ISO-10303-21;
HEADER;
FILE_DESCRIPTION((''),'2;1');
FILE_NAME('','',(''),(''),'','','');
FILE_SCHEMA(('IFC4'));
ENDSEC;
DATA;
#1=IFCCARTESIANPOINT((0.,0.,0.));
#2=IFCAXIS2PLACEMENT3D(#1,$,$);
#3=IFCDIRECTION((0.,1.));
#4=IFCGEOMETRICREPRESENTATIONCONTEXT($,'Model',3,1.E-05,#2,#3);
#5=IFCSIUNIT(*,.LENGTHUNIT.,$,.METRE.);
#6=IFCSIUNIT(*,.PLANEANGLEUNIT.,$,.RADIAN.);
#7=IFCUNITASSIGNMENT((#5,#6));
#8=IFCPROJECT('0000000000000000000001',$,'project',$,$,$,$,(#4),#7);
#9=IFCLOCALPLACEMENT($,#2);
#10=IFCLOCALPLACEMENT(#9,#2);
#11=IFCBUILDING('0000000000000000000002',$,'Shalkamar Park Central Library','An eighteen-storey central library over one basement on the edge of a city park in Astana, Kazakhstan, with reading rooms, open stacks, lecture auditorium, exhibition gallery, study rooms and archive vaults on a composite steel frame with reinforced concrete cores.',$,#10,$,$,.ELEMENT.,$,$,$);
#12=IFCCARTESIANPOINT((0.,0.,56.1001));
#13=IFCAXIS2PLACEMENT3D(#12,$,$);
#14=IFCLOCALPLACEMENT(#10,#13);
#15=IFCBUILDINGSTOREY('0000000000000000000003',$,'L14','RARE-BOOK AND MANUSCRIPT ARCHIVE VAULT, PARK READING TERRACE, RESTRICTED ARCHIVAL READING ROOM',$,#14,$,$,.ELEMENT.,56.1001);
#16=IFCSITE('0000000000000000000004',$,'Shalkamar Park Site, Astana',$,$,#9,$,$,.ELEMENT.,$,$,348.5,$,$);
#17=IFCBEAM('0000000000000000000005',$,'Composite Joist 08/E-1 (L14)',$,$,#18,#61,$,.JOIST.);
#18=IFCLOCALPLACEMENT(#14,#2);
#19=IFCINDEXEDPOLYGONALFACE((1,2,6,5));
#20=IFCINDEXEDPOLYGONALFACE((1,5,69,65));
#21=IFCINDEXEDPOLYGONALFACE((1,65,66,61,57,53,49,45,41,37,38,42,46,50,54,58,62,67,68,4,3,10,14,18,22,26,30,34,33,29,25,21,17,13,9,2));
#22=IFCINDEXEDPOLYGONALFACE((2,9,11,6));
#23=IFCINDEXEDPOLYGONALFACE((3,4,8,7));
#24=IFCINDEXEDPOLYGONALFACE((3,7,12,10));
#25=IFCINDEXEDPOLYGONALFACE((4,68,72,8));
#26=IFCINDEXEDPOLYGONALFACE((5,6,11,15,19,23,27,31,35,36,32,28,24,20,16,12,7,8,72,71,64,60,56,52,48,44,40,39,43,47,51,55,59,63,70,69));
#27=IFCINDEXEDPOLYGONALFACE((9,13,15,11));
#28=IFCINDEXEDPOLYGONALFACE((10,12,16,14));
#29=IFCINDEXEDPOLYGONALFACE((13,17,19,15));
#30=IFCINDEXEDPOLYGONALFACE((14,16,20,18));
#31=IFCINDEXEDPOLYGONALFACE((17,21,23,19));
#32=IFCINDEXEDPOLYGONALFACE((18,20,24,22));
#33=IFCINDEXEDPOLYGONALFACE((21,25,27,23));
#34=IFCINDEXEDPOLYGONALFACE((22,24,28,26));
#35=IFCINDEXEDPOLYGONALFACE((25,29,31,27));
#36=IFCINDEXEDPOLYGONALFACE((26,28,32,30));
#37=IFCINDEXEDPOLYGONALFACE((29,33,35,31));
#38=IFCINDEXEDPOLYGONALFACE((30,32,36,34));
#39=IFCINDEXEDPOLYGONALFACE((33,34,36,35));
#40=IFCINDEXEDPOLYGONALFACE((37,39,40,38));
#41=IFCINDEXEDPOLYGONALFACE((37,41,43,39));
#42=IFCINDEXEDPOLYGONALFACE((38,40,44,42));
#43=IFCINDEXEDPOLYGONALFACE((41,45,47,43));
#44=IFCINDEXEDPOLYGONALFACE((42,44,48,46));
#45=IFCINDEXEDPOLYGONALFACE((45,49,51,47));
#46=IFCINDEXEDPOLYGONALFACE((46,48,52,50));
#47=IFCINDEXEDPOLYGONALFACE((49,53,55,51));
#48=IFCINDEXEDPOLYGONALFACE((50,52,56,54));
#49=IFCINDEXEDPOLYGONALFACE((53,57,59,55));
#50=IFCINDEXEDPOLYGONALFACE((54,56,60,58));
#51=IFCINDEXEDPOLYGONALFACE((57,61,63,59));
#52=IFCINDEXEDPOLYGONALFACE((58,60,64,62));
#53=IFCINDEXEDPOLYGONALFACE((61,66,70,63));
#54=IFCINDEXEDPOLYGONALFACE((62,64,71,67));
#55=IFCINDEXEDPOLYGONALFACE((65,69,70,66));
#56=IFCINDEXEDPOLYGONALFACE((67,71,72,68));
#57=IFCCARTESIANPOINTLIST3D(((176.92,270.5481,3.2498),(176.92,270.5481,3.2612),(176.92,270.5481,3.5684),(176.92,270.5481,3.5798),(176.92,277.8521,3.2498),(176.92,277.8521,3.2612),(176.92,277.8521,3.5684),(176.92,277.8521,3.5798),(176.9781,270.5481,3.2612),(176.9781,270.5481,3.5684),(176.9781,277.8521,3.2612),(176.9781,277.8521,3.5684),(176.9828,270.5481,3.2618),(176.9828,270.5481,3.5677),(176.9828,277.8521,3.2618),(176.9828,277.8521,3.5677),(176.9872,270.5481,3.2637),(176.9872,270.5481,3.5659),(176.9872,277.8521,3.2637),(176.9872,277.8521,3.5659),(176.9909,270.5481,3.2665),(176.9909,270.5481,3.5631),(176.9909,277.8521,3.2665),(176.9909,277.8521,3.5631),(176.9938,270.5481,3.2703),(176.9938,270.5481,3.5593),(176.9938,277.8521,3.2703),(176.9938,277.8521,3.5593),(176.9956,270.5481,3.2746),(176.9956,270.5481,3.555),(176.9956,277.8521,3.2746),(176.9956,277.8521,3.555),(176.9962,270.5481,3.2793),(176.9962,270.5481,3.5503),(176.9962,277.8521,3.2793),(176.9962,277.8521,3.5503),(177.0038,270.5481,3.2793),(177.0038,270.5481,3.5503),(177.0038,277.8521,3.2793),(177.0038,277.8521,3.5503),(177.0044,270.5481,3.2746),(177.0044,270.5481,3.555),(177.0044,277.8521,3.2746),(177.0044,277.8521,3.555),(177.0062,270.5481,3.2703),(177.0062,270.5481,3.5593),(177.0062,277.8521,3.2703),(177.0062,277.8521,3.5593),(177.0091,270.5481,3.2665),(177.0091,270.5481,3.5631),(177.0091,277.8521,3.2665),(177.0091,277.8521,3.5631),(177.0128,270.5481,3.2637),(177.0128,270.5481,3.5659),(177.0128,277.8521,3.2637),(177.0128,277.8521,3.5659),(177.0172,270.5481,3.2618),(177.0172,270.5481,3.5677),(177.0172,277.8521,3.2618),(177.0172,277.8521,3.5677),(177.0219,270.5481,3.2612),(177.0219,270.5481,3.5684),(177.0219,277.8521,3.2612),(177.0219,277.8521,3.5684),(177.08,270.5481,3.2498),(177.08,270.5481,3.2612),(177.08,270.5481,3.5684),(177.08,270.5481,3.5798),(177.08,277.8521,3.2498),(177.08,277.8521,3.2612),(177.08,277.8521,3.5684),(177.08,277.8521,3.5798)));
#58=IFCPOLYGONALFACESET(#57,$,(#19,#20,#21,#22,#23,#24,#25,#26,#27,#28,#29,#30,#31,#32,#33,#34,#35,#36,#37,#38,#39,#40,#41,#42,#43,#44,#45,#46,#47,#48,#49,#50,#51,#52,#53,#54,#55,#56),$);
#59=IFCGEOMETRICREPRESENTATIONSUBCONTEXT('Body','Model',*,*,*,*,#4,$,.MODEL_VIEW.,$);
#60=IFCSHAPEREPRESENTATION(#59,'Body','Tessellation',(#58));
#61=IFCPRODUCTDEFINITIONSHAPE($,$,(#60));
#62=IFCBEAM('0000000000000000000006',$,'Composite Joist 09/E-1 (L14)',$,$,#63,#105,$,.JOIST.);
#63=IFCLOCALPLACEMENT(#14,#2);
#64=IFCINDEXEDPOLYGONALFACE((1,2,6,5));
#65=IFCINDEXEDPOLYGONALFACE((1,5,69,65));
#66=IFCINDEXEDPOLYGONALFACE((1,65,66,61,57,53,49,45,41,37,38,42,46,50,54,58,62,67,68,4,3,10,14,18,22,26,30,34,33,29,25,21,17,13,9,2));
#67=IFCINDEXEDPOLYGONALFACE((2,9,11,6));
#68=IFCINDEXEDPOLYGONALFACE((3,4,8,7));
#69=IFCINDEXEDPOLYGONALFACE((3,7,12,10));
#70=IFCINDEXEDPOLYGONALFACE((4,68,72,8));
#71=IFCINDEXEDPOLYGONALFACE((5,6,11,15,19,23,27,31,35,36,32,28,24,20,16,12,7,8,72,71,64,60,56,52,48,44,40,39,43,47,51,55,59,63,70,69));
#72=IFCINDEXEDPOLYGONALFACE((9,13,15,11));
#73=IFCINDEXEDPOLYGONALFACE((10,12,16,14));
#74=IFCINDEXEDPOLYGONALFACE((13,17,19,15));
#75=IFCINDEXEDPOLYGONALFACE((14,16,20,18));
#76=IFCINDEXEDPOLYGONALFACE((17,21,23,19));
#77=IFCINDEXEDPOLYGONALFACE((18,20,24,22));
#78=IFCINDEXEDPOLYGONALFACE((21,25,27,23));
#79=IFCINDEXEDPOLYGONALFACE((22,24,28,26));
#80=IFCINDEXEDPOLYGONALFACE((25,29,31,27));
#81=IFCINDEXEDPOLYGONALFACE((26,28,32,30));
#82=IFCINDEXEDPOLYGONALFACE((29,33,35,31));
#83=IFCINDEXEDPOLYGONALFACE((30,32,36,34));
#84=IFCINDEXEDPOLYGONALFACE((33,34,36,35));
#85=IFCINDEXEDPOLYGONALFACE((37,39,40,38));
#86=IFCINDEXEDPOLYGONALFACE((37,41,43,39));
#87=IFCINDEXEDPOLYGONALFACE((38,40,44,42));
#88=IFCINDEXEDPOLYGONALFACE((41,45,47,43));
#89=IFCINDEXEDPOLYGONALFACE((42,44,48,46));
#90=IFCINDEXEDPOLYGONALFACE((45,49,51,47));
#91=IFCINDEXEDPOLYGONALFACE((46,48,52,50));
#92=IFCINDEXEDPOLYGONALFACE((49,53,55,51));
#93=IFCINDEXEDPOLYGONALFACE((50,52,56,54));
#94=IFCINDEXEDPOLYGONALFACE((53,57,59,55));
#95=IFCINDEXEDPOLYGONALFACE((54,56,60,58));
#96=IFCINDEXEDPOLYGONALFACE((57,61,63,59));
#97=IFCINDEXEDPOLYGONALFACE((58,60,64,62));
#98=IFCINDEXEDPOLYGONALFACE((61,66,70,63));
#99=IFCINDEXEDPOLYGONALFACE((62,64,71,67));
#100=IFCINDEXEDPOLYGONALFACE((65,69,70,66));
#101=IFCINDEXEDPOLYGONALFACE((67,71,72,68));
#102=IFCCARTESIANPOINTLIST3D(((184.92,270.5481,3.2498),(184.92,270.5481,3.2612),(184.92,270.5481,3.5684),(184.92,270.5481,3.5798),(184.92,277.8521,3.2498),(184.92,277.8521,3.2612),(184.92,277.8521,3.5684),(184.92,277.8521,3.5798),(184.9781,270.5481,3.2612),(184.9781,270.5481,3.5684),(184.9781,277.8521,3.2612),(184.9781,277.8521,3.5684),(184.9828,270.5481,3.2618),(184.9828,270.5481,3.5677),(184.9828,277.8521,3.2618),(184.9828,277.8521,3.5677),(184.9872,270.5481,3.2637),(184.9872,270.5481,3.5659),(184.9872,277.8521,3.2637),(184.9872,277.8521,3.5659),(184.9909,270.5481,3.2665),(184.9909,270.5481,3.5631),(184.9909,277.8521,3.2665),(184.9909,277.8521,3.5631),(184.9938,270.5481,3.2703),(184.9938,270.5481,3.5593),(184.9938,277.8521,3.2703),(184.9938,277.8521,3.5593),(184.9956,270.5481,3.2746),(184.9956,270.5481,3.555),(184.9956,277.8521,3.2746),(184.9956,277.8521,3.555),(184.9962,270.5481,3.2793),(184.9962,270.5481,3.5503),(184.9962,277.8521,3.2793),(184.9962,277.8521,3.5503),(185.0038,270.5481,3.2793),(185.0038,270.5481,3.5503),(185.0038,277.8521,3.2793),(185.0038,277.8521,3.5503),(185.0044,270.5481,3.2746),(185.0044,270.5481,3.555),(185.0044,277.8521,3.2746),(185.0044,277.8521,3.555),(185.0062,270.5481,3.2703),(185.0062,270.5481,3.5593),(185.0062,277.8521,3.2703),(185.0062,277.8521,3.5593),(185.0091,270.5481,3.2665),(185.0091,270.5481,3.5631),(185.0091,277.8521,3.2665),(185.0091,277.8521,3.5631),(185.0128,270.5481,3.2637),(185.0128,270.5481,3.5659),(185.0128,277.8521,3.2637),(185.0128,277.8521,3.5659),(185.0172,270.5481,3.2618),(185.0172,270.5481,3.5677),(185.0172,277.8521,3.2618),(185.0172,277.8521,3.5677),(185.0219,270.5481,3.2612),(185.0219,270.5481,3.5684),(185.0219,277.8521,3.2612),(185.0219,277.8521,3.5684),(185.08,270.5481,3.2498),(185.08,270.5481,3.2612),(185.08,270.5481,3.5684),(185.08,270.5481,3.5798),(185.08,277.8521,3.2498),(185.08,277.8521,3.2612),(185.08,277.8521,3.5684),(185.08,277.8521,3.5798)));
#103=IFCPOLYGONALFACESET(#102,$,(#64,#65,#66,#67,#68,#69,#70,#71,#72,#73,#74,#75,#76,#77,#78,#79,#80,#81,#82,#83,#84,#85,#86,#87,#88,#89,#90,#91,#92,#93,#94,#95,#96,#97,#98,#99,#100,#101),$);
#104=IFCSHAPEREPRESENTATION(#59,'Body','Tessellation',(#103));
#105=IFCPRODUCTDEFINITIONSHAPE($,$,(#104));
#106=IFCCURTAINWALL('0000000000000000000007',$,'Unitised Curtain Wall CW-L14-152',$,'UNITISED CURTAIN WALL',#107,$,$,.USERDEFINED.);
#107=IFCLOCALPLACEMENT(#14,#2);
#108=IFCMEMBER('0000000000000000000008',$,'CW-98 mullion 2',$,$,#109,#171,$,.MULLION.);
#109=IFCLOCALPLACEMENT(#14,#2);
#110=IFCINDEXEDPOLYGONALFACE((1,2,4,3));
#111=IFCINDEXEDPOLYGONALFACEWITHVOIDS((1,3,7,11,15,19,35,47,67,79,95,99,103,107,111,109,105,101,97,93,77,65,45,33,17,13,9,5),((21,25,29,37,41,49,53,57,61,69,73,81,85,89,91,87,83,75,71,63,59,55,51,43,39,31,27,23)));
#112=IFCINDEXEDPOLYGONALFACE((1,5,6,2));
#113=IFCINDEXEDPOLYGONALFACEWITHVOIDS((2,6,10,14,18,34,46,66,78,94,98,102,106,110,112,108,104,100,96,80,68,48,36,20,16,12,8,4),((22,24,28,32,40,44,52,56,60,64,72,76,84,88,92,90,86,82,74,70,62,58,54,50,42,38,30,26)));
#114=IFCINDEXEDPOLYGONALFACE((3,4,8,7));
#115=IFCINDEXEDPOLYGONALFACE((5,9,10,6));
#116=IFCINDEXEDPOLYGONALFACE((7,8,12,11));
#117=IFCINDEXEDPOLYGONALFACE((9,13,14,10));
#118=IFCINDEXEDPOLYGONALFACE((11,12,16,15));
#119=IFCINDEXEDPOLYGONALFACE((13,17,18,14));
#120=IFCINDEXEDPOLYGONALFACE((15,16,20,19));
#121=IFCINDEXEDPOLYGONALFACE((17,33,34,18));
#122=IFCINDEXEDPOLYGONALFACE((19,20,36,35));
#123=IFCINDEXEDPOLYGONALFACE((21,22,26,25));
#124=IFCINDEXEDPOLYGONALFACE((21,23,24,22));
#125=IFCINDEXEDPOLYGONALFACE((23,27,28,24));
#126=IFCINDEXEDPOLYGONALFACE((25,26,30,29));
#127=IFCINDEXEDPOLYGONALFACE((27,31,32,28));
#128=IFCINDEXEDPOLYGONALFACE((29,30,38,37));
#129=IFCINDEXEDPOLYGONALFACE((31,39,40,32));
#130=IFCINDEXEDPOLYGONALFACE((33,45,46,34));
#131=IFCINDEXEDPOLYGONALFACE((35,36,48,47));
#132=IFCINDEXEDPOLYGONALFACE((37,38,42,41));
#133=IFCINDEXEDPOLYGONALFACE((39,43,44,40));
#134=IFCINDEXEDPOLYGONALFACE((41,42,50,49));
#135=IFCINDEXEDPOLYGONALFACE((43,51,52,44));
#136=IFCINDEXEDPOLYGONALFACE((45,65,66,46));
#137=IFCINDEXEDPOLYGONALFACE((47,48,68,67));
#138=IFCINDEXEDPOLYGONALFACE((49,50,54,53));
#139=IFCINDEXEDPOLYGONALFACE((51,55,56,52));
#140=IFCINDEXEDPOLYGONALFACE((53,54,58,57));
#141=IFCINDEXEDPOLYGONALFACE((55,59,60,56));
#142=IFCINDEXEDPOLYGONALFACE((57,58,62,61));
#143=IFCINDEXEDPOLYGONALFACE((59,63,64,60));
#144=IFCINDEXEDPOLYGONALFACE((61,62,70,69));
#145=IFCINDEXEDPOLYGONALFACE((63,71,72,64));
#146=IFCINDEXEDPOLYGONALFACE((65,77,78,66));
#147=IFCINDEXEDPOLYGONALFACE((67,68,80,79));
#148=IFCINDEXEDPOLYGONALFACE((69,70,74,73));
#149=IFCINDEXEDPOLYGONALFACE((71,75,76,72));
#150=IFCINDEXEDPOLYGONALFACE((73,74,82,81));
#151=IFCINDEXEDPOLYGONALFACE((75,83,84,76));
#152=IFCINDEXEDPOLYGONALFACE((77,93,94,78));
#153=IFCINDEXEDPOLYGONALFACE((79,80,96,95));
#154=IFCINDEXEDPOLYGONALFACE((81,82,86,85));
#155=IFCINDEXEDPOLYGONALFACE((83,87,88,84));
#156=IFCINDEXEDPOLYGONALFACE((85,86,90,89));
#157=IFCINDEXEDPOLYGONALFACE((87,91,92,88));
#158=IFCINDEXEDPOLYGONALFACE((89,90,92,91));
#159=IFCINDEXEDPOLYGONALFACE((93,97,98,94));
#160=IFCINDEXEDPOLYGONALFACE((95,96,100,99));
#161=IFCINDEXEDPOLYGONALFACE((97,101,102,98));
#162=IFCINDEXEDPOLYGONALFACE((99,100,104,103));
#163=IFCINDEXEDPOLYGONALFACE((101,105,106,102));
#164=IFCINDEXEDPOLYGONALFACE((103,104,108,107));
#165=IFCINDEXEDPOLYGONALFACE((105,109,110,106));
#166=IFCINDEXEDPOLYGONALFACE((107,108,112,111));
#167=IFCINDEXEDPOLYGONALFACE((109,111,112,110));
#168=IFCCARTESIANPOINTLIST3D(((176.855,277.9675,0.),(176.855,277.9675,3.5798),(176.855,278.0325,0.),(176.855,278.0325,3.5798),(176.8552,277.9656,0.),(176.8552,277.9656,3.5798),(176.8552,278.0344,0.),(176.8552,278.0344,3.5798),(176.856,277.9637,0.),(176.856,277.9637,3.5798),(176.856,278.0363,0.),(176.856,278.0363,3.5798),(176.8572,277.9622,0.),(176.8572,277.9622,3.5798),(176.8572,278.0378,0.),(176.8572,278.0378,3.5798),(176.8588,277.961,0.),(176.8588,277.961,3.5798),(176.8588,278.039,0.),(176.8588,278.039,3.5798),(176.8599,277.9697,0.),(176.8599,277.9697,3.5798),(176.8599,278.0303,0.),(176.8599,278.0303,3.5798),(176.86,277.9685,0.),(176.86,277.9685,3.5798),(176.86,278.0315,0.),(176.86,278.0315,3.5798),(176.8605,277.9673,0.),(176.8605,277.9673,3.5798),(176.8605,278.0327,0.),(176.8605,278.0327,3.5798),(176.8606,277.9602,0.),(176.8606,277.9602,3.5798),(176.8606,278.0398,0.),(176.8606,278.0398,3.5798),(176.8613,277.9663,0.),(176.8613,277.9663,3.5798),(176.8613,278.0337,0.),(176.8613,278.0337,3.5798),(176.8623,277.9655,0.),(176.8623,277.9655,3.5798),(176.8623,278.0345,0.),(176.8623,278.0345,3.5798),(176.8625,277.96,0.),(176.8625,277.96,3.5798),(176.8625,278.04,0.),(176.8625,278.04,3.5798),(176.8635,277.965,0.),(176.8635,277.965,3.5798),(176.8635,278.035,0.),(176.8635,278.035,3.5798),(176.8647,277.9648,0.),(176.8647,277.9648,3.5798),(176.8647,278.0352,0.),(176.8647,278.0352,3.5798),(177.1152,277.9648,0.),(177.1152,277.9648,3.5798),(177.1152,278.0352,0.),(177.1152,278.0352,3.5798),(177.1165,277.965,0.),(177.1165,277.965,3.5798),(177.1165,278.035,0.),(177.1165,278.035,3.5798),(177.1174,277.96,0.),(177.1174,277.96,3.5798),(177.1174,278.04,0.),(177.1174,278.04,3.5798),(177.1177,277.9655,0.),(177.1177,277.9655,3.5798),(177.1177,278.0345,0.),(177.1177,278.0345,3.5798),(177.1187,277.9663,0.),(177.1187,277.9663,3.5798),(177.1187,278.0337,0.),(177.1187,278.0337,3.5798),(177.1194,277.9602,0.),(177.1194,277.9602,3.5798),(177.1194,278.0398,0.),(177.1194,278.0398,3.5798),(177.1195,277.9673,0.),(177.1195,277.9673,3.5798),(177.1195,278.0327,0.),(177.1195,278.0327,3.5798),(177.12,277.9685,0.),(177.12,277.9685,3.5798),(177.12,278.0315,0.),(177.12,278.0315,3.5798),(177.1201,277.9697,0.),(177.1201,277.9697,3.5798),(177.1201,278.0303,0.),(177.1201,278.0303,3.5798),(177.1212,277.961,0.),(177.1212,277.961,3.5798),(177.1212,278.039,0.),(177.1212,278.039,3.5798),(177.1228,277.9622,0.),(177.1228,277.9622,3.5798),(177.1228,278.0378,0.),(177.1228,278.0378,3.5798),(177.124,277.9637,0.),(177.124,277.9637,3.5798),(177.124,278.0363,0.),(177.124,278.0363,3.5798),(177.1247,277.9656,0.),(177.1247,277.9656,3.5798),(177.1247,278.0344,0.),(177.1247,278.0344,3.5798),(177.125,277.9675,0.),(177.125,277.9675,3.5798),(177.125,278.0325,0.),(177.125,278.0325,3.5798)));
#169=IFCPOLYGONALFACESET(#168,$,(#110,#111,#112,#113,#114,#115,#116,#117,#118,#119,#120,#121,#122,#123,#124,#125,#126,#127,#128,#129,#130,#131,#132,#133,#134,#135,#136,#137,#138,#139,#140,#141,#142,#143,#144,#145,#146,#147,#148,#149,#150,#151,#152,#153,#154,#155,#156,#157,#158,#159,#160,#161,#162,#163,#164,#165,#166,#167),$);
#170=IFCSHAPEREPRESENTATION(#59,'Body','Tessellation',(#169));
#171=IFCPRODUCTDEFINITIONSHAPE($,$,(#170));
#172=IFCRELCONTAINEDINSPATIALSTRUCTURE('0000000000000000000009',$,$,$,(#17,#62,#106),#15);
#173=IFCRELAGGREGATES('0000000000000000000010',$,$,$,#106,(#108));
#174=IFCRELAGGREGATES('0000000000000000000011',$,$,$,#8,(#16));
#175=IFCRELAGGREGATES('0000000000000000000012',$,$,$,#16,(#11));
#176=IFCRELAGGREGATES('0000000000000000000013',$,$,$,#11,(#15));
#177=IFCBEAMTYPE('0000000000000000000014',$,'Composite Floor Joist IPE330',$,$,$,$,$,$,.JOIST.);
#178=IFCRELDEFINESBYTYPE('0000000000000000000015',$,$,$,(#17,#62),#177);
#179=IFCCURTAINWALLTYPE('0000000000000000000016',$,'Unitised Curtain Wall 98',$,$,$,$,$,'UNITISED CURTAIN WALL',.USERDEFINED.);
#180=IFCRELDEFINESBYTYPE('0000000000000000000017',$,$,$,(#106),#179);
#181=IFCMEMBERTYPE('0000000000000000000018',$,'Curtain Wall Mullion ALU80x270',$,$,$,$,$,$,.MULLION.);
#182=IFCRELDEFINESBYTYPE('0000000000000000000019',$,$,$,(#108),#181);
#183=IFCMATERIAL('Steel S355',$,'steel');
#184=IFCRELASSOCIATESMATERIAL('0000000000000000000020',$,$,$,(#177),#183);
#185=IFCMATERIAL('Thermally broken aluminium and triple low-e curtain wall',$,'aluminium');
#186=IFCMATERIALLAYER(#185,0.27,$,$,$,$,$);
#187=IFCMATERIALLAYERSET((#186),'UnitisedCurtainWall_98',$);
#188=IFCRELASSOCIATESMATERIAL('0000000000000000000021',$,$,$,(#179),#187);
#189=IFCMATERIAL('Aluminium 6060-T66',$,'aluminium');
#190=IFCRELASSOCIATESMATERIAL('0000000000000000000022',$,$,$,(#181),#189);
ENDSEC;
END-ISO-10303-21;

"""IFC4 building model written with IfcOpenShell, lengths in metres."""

from ifc_helpers import new_model, si_unit, direction, frame, origin, origin_2d, place, context, subcontext, project, spatial, hollow_rectangle, i_section, extrude, material, layer, layer_set, material_profile, profile_set, type_object, element, aggregate, save


model = new_model("IFC4")

# Units and contexts
model_context = context("Model", 3, precision=1e-05, world=origin(), true_north=direction((0.0, 1.0)))
body_context = subcontext(model_context, "Body", "Model", "MODEL_VIEW")
ifc_project = project(units=[si_unit("LENGTHUNIT", "METRE"), si_unit("PLANEANGLEUNIT", "RADIAN")], contexts=[model_context])

# Site, building, storey
site_placement = place(None, origin())
site = spatial("IfcSite", under=ifc_project, at=site_placement, Name="Shalkamar Park Site, Astana", CompositionType="ELEMENT", RefElevation=348.5)
building_placement = place(site_placement, origin())
building = spatial("IfcBuilding", under=site, at=building_placement, Name="Shalkamar Park Central Library", Description="An eighteen-storey central library over one basement on the edge of a city park in Astana, Kazakhstan, with reading rooms, open stacks, lecture auditorium, exhibition gallery, study rooms and archive vaults on a composite steel frame with reinforced concrete cores.", CompositionType="ELEMENT")
storey_placement = place(building_placement, frame((0.0, 0.0, 56.1001)))
storey = spatial("IfcBuildingStorey", under=building, at=storey_placement, Name="L14", Description="RARE-BOOK AND MANUSCRIPT ARCHIVE VAULT, PARK READING TERRACE, RESTRICTED ARCHIVAL READING ROOM", CompositionType="ELEMENT", Elevation=56.1001)

# Shared definitions
ifc_material_1 = material(Name="Steel S355", Category="steel")

# Beams
ifc_material_profile_1 = material_profile(ifc_material_1, i_section(OverallWidth=0.1599, OverallDepth=0.3301, WebThickness=0.0076, FlangeThickness=0.0115, FilletRadius=0.0181, at=origin_2d()), Name="IPE 330")
ifc_profile_set_1 = profile_set([ifc_material_profile_1], Name="Steel S355")
beam_type_1 = type_object("IfcBeamType", Name="Composite Floor Joist IPE330", PredefinedType="JOIST", material=ifc_profile_set_1)
for number, where, z_axis, x_axis, name in (
    (1, (177.0, 270.5481, 3.4148), (0.0, 1.0, 0.0), (-1.0, 0.0, 0.0), "Composite Joist 08/E-1 (L14)"),
    (2, (185.0, 270.5481, 3.4148), (0.0, 1.0, 0.0), (-1.0, 0.0, 0.0), "Composite Joist 09/E-1 (L14)"),
):
    element("IfcBeam", number, at=place(storey_placement, frame(where, z_axis=z_axis, x_axis=x_axis)), inside=storey, type_object=beam_type_1, Name=name, PredefinedType="JOIST", context=body_context, shape_type="SweptSolid", body=[
        extrude(i_section(OverallWidth=0.1599, OverallDepth=0.3301, WebThickness=0.0076, FlangeThickness=0.0115, FilletRadius=0.0181, at=origin_2d()), origin(), (0.0, 0.0, 1.0), 7.304),
    ])

# Curtain wall, member
ifc_material_2 = material(Name="Thermally broken aluminium and triple low-e curtain wall", Category="aluminium")
ifc_layer_1 = layer(ifc_material_2, 0.27)
ifc_layer_set_1 = layer_set([ifc_layer_1], Name="UnitisedCurtainWall_98")
curtain_wall_type_1 = type_object("IfcCurtainWallType", Name="Unitised Curtain Wall 98", ElementType="UNITISED CURTAIN WALL", PredefinedType="USERDEFINED", material=ifc_layer_set_1)
curtain_wall_1_placement = place(storey_placement, origin())
curtain_wall_1 = element("IfcCurtainWall", 3, at=curtain_wall_1_placement, inside=storey, type_object=curtain_wall_type_1, Name="Unitised Curtain Wall CW-L14-152", ObjectType="UNITISED CURTAIN WALL", PredefinedType="USERDEFINED")
ifc_material_3 = material(Name="Aluminium 6060-T66", Category="aluminium")
ifc_material_profile_2 = material_profile(ifc_material_3, hollow_rectangle(XDim=0.0801, YDim=0.27, WallThickness=0.0049, InnerFilletRadius=0.0049, OuterFilletRadius=0.0076, at=origin_2d()), Name="ALU 80x270x5")
ifc_profile_set_2 = profile_set([ifc_material_profile_2], Name="Aluminium 6060-T66")
member_type_1 = type_object("IfcMemberType", Name="Curtain Wall Mullion ALU80x270", PredefinedType="MULLION", material=ifc_profile_set_2)
member_1_placement = place(storey_placement, frame((176.99, 278.0, 0.0), z_axis=(0.0, 0.0, 1.0), x_axis=(0.0, 1.0, 0.0)))
member_1 = element("IfcMember", 4, at=member_1_placement, type_object=member_type_1, Name="CW-98 mullion 2", PredefinedType="MULLION", context=body_context, shape_type="SweptSolid", body=[
    extrude(hollow_rectangle(XDim=0.0801, YDim=0.27, WallThickness=0.0049, InnerFilletRadius=0.0049, OuterFilletRadius=0.0076, at=origin_2d()), origin(), (0.0, 0.0, 1.0), 3.5798),
])

aggregate(curtain_wall_1, [member_1])

save(model, "model.ifc")
